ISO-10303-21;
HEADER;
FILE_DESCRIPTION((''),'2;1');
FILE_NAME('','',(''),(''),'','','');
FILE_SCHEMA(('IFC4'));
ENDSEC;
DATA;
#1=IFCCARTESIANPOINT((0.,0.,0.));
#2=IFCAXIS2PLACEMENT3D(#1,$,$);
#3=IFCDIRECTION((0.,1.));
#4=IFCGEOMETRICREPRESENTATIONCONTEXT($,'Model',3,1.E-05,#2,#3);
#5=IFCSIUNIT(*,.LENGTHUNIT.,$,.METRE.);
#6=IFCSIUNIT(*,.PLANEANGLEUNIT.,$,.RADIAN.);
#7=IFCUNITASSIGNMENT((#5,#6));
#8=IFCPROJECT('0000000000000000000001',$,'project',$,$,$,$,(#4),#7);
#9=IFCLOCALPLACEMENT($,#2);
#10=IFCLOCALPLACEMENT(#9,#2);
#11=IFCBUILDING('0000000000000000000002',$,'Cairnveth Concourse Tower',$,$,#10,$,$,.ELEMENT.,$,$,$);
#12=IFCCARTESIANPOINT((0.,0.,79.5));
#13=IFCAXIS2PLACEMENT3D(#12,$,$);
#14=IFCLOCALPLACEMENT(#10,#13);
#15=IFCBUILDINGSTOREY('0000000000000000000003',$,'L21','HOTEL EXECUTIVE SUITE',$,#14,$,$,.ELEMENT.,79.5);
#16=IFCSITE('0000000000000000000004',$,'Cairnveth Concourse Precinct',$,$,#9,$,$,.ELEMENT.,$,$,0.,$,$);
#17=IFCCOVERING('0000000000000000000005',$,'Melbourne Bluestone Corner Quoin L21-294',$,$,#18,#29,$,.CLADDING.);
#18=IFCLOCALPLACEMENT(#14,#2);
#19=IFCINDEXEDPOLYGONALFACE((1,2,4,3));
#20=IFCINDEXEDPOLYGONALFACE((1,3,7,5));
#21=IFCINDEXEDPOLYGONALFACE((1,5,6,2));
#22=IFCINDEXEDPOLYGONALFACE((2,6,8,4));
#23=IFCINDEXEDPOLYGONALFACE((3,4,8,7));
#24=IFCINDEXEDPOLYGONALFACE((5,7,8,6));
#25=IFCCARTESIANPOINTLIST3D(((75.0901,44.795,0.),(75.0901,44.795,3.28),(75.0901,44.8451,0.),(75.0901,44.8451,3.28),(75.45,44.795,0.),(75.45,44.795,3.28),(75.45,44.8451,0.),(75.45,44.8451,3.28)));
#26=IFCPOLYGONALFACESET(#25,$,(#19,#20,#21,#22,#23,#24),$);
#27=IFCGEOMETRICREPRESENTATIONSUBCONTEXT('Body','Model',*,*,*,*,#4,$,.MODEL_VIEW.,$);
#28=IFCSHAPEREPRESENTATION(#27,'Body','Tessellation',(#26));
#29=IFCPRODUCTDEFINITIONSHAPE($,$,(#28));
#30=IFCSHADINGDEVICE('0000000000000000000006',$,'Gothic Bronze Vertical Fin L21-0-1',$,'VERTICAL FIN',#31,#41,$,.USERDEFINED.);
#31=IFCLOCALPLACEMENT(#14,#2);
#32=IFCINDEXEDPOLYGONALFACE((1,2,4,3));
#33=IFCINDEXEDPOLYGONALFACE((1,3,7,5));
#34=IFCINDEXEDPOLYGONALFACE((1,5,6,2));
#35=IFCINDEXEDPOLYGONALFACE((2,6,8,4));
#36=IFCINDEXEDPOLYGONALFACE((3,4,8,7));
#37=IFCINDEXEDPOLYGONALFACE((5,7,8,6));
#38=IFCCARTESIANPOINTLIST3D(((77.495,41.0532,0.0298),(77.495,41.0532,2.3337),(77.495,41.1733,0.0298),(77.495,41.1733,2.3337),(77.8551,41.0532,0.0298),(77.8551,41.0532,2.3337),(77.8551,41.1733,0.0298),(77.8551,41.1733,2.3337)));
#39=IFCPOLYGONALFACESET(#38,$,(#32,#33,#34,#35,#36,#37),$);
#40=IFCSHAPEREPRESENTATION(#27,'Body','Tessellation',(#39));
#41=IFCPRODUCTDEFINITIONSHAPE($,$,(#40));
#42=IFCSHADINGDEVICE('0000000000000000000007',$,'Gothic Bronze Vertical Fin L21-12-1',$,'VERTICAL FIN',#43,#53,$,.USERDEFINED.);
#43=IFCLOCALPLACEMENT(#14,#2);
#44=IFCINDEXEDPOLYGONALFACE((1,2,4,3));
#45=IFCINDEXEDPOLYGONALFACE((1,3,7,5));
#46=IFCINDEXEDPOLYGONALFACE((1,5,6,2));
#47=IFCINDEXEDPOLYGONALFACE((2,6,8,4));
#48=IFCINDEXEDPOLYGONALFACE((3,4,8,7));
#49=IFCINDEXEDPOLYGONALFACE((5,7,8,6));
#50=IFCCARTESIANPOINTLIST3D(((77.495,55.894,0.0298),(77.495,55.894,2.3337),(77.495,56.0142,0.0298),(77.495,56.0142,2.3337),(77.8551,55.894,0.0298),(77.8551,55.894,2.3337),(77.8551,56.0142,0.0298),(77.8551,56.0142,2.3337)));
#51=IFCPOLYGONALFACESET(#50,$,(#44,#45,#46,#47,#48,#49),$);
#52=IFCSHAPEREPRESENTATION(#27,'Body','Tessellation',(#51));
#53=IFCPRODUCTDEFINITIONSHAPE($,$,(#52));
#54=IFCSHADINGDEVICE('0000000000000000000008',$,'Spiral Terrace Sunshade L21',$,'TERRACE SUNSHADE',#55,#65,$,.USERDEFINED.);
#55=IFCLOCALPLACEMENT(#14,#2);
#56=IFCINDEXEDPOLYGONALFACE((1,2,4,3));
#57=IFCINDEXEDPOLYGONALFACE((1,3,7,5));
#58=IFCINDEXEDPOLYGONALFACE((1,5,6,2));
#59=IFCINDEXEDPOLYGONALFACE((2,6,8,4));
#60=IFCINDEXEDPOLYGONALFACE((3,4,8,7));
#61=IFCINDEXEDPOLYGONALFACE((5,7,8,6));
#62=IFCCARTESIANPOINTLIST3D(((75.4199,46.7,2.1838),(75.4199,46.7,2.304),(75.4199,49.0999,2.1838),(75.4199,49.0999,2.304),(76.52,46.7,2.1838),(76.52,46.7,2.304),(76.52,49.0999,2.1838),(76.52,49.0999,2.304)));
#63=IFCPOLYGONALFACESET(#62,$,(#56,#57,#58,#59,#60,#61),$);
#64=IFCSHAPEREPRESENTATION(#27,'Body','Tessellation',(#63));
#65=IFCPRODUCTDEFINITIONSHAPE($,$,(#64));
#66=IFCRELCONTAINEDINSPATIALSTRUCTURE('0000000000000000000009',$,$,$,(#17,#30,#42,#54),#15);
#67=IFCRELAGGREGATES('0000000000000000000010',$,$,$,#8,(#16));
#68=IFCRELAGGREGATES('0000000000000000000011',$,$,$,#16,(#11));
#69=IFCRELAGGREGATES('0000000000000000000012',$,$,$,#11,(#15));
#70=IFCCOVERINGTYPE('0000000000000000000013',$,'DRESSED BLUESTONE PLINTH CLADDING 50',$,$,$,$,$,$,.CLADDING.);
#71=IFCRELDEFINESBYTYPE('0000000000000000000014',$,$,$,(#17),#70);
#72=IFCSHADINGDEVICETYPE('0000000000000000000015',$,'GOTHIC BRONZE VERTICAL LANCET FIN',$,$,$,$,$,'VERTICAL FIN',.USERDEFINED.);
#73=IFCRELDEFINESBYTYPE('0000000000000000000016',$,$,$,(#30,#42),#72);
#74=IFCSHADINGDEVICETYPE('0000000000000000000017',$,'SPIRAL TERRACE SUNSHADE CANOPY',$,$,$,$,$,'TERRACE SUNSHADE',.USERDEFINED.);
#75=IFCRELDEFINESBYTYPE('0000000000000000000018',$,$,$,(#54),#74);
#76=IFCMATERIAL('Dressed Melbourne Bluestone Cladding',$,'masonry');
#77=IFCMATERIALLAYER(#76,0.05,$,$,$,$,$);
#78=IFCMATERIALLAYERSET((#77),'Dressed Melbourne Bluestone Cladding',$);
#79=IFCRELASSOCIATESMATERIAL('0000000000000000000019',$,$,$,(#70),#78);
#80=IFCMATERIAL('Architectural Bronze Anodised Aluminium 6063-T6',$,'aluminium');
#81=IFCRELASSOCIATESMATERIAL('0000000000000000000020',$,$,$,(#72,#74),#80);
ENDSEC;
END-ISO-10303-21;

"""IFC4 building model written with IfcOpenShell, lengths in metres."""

from ifc_helpers import new_model, si_unit, direction, frame, frame_2d, origin, origin_2d, place, context, subcontext, project, spatial, rectangle, extrude, material, layer, layer_set, type_object, element, save


model = new_model("IFC4")

# Units and contexts
model_context = context("Model", 3, precision=1e-05, world=origin(), true_north=direction((0.0, 1.0)))
body_context = subcontext(model_context, "Body", "Model", "MODEL_VIEW")
ifc_project = project(units=[si_unit("LENGTHUNIT", "METRE"), si_unit("PLANEANGLEUNIT", "RADIAN")], contexts=[model_context])

# Site, building, storey
site_placement = place(None, origin())
site = spatial("IfcSite", under=ifc_project, at=site_placement, Name="Cairnveth Concourse Precinct", CompositionType="ELEMENT", RefElevation=0.0)
building_placement = place(site_placement, origin())
building = spatial("IfcBuilding", under=site, at=building_placement, Name="Cairnveth Concourse Tower", CompositionType="ELEMENT")
storey_placement = place(building_placement, frame((0.0, 0.0, 79.5)))
storey = spatial("IfcBuildingStorey", under=building, at=storey_placement, Name="L21", Description="HOTEL EXECUTIVE SUITE", CompositionType="ELEMENT", Elevation=79.5)

# Shared definitions
ifc_material_1 = material(Name="Dressed Melbourne Bluestone Cladding", Category="masonry")

# Shared definitions
ifc_material_2 = material(Name="Architectural Bronze Anodised Aluminium 6063-T6", Category="aluminium")

# Covering
ifc_layer_1 = layer(ifc_material_1, 0.05)
ifc_layer_set_1 = layer_set([ifc_layer_1], Name="Dressed Melbourne Bluestone Cladding")
covering_type = type_object("IfcCoveringType", Name="DRESSED BLUESTONE PLINTH CLADDING 50", PredefinedType="CLADDING", material=ifc_layer_set_1)
for number, where, z_axis, x_axis, name in (
    (1, (75.0901, 44.8201, 0.0), (0.0, 0.0, 1.0), (1.0, 0.0, 0.0), "Melbourne Bluestone Corner Quoin L21-294"),
):
    element("IfcCovering", number, at=place(storey_placement, frame(where, z_axis=z_axis, x_axis=x_axis)), inside=storey, type_object=covering_type, Name=name, PredefinedType="CLADDING", context=body_context, shape_type="SweptSolid", body=[
        extrude(rectangle(XDim=0.3599, YDim=0.05, at=frame_2d((0.1799, 0.0))), origin(), (0.0, 0.0, 1.0), 3.28),
    ])

# Shading devices
shading_device_type_1 = type_object("IfcShadingDeviceType", Name="GOTHIC BRONZE VERTICAL LANCET FIN", ElementType="VERTICAL FIN", PredefinedType="USERDEFINED", material=ifc_material_2)
for number, where, z_axis, x_axis, name in (
    (2, (77.675, 41.1133, 0.0298), (0.0, 0.0, 1.0), (0.0, 1.0, 0.0), "Gothic Bronze Vertical Fin L21-0-1"),
    (3, (77.675, 55.9541, 0.0298), (0.0, 0.0, 1.0), (0.0, 1.0, 0.0), "Gothic Bronze Vertical Fin L21-12-1"),
):
    element("IfcShadingDevice", number, at=place(storey_placement, frame(where, z_axis=z_axis, x_axis=x_axis)), inside=storey, type_object=shading_device_type_1, Name=name, ObjectType="VERTICAL FIN", PredefinedType="USERDEFINED", context=body_context, shape_type="SweptSolid", body=[
        extrude(rectangle(XDim=0.1201, YDim=0.3601, at=origin_2d()), origin(), (0.0, 0.0, 1.0), 2.304),
    ])
shading_device_type_2 = type_object("IfcShadingDeviceType", Name="SPIRAL TERRACE SUNSHADE CANOPY", ElementType="TERRACE SUNSHADE", PredefinedType="USERDEFINED", material=ifc_material_2)
shading_device_placement = place(storey_placement, frame((75.97, 47.8999, 2.1838), z_axis=(0.0, 0.0, 1.0), x_axis=(1.0, 0.0, 0.0)))
element("IfcShadingDevice", 4, at=shading_device_placement, inside=storey, type_object=shading_device_type_2, Name="Spiral Terrace Sunshade L21", ObjectType="TERRACE SUNSHADE", PredefinedType="USERDEFINED", context=body_context, shape_type="SweptSolid", body=[
    extrude(rectangle(XDim=1.1001, YDim=2.3999, at=origin_2d()), origin(), (0.0, 0.0, 1.0), 0.1201),
])

save(model, "model.ifc")
